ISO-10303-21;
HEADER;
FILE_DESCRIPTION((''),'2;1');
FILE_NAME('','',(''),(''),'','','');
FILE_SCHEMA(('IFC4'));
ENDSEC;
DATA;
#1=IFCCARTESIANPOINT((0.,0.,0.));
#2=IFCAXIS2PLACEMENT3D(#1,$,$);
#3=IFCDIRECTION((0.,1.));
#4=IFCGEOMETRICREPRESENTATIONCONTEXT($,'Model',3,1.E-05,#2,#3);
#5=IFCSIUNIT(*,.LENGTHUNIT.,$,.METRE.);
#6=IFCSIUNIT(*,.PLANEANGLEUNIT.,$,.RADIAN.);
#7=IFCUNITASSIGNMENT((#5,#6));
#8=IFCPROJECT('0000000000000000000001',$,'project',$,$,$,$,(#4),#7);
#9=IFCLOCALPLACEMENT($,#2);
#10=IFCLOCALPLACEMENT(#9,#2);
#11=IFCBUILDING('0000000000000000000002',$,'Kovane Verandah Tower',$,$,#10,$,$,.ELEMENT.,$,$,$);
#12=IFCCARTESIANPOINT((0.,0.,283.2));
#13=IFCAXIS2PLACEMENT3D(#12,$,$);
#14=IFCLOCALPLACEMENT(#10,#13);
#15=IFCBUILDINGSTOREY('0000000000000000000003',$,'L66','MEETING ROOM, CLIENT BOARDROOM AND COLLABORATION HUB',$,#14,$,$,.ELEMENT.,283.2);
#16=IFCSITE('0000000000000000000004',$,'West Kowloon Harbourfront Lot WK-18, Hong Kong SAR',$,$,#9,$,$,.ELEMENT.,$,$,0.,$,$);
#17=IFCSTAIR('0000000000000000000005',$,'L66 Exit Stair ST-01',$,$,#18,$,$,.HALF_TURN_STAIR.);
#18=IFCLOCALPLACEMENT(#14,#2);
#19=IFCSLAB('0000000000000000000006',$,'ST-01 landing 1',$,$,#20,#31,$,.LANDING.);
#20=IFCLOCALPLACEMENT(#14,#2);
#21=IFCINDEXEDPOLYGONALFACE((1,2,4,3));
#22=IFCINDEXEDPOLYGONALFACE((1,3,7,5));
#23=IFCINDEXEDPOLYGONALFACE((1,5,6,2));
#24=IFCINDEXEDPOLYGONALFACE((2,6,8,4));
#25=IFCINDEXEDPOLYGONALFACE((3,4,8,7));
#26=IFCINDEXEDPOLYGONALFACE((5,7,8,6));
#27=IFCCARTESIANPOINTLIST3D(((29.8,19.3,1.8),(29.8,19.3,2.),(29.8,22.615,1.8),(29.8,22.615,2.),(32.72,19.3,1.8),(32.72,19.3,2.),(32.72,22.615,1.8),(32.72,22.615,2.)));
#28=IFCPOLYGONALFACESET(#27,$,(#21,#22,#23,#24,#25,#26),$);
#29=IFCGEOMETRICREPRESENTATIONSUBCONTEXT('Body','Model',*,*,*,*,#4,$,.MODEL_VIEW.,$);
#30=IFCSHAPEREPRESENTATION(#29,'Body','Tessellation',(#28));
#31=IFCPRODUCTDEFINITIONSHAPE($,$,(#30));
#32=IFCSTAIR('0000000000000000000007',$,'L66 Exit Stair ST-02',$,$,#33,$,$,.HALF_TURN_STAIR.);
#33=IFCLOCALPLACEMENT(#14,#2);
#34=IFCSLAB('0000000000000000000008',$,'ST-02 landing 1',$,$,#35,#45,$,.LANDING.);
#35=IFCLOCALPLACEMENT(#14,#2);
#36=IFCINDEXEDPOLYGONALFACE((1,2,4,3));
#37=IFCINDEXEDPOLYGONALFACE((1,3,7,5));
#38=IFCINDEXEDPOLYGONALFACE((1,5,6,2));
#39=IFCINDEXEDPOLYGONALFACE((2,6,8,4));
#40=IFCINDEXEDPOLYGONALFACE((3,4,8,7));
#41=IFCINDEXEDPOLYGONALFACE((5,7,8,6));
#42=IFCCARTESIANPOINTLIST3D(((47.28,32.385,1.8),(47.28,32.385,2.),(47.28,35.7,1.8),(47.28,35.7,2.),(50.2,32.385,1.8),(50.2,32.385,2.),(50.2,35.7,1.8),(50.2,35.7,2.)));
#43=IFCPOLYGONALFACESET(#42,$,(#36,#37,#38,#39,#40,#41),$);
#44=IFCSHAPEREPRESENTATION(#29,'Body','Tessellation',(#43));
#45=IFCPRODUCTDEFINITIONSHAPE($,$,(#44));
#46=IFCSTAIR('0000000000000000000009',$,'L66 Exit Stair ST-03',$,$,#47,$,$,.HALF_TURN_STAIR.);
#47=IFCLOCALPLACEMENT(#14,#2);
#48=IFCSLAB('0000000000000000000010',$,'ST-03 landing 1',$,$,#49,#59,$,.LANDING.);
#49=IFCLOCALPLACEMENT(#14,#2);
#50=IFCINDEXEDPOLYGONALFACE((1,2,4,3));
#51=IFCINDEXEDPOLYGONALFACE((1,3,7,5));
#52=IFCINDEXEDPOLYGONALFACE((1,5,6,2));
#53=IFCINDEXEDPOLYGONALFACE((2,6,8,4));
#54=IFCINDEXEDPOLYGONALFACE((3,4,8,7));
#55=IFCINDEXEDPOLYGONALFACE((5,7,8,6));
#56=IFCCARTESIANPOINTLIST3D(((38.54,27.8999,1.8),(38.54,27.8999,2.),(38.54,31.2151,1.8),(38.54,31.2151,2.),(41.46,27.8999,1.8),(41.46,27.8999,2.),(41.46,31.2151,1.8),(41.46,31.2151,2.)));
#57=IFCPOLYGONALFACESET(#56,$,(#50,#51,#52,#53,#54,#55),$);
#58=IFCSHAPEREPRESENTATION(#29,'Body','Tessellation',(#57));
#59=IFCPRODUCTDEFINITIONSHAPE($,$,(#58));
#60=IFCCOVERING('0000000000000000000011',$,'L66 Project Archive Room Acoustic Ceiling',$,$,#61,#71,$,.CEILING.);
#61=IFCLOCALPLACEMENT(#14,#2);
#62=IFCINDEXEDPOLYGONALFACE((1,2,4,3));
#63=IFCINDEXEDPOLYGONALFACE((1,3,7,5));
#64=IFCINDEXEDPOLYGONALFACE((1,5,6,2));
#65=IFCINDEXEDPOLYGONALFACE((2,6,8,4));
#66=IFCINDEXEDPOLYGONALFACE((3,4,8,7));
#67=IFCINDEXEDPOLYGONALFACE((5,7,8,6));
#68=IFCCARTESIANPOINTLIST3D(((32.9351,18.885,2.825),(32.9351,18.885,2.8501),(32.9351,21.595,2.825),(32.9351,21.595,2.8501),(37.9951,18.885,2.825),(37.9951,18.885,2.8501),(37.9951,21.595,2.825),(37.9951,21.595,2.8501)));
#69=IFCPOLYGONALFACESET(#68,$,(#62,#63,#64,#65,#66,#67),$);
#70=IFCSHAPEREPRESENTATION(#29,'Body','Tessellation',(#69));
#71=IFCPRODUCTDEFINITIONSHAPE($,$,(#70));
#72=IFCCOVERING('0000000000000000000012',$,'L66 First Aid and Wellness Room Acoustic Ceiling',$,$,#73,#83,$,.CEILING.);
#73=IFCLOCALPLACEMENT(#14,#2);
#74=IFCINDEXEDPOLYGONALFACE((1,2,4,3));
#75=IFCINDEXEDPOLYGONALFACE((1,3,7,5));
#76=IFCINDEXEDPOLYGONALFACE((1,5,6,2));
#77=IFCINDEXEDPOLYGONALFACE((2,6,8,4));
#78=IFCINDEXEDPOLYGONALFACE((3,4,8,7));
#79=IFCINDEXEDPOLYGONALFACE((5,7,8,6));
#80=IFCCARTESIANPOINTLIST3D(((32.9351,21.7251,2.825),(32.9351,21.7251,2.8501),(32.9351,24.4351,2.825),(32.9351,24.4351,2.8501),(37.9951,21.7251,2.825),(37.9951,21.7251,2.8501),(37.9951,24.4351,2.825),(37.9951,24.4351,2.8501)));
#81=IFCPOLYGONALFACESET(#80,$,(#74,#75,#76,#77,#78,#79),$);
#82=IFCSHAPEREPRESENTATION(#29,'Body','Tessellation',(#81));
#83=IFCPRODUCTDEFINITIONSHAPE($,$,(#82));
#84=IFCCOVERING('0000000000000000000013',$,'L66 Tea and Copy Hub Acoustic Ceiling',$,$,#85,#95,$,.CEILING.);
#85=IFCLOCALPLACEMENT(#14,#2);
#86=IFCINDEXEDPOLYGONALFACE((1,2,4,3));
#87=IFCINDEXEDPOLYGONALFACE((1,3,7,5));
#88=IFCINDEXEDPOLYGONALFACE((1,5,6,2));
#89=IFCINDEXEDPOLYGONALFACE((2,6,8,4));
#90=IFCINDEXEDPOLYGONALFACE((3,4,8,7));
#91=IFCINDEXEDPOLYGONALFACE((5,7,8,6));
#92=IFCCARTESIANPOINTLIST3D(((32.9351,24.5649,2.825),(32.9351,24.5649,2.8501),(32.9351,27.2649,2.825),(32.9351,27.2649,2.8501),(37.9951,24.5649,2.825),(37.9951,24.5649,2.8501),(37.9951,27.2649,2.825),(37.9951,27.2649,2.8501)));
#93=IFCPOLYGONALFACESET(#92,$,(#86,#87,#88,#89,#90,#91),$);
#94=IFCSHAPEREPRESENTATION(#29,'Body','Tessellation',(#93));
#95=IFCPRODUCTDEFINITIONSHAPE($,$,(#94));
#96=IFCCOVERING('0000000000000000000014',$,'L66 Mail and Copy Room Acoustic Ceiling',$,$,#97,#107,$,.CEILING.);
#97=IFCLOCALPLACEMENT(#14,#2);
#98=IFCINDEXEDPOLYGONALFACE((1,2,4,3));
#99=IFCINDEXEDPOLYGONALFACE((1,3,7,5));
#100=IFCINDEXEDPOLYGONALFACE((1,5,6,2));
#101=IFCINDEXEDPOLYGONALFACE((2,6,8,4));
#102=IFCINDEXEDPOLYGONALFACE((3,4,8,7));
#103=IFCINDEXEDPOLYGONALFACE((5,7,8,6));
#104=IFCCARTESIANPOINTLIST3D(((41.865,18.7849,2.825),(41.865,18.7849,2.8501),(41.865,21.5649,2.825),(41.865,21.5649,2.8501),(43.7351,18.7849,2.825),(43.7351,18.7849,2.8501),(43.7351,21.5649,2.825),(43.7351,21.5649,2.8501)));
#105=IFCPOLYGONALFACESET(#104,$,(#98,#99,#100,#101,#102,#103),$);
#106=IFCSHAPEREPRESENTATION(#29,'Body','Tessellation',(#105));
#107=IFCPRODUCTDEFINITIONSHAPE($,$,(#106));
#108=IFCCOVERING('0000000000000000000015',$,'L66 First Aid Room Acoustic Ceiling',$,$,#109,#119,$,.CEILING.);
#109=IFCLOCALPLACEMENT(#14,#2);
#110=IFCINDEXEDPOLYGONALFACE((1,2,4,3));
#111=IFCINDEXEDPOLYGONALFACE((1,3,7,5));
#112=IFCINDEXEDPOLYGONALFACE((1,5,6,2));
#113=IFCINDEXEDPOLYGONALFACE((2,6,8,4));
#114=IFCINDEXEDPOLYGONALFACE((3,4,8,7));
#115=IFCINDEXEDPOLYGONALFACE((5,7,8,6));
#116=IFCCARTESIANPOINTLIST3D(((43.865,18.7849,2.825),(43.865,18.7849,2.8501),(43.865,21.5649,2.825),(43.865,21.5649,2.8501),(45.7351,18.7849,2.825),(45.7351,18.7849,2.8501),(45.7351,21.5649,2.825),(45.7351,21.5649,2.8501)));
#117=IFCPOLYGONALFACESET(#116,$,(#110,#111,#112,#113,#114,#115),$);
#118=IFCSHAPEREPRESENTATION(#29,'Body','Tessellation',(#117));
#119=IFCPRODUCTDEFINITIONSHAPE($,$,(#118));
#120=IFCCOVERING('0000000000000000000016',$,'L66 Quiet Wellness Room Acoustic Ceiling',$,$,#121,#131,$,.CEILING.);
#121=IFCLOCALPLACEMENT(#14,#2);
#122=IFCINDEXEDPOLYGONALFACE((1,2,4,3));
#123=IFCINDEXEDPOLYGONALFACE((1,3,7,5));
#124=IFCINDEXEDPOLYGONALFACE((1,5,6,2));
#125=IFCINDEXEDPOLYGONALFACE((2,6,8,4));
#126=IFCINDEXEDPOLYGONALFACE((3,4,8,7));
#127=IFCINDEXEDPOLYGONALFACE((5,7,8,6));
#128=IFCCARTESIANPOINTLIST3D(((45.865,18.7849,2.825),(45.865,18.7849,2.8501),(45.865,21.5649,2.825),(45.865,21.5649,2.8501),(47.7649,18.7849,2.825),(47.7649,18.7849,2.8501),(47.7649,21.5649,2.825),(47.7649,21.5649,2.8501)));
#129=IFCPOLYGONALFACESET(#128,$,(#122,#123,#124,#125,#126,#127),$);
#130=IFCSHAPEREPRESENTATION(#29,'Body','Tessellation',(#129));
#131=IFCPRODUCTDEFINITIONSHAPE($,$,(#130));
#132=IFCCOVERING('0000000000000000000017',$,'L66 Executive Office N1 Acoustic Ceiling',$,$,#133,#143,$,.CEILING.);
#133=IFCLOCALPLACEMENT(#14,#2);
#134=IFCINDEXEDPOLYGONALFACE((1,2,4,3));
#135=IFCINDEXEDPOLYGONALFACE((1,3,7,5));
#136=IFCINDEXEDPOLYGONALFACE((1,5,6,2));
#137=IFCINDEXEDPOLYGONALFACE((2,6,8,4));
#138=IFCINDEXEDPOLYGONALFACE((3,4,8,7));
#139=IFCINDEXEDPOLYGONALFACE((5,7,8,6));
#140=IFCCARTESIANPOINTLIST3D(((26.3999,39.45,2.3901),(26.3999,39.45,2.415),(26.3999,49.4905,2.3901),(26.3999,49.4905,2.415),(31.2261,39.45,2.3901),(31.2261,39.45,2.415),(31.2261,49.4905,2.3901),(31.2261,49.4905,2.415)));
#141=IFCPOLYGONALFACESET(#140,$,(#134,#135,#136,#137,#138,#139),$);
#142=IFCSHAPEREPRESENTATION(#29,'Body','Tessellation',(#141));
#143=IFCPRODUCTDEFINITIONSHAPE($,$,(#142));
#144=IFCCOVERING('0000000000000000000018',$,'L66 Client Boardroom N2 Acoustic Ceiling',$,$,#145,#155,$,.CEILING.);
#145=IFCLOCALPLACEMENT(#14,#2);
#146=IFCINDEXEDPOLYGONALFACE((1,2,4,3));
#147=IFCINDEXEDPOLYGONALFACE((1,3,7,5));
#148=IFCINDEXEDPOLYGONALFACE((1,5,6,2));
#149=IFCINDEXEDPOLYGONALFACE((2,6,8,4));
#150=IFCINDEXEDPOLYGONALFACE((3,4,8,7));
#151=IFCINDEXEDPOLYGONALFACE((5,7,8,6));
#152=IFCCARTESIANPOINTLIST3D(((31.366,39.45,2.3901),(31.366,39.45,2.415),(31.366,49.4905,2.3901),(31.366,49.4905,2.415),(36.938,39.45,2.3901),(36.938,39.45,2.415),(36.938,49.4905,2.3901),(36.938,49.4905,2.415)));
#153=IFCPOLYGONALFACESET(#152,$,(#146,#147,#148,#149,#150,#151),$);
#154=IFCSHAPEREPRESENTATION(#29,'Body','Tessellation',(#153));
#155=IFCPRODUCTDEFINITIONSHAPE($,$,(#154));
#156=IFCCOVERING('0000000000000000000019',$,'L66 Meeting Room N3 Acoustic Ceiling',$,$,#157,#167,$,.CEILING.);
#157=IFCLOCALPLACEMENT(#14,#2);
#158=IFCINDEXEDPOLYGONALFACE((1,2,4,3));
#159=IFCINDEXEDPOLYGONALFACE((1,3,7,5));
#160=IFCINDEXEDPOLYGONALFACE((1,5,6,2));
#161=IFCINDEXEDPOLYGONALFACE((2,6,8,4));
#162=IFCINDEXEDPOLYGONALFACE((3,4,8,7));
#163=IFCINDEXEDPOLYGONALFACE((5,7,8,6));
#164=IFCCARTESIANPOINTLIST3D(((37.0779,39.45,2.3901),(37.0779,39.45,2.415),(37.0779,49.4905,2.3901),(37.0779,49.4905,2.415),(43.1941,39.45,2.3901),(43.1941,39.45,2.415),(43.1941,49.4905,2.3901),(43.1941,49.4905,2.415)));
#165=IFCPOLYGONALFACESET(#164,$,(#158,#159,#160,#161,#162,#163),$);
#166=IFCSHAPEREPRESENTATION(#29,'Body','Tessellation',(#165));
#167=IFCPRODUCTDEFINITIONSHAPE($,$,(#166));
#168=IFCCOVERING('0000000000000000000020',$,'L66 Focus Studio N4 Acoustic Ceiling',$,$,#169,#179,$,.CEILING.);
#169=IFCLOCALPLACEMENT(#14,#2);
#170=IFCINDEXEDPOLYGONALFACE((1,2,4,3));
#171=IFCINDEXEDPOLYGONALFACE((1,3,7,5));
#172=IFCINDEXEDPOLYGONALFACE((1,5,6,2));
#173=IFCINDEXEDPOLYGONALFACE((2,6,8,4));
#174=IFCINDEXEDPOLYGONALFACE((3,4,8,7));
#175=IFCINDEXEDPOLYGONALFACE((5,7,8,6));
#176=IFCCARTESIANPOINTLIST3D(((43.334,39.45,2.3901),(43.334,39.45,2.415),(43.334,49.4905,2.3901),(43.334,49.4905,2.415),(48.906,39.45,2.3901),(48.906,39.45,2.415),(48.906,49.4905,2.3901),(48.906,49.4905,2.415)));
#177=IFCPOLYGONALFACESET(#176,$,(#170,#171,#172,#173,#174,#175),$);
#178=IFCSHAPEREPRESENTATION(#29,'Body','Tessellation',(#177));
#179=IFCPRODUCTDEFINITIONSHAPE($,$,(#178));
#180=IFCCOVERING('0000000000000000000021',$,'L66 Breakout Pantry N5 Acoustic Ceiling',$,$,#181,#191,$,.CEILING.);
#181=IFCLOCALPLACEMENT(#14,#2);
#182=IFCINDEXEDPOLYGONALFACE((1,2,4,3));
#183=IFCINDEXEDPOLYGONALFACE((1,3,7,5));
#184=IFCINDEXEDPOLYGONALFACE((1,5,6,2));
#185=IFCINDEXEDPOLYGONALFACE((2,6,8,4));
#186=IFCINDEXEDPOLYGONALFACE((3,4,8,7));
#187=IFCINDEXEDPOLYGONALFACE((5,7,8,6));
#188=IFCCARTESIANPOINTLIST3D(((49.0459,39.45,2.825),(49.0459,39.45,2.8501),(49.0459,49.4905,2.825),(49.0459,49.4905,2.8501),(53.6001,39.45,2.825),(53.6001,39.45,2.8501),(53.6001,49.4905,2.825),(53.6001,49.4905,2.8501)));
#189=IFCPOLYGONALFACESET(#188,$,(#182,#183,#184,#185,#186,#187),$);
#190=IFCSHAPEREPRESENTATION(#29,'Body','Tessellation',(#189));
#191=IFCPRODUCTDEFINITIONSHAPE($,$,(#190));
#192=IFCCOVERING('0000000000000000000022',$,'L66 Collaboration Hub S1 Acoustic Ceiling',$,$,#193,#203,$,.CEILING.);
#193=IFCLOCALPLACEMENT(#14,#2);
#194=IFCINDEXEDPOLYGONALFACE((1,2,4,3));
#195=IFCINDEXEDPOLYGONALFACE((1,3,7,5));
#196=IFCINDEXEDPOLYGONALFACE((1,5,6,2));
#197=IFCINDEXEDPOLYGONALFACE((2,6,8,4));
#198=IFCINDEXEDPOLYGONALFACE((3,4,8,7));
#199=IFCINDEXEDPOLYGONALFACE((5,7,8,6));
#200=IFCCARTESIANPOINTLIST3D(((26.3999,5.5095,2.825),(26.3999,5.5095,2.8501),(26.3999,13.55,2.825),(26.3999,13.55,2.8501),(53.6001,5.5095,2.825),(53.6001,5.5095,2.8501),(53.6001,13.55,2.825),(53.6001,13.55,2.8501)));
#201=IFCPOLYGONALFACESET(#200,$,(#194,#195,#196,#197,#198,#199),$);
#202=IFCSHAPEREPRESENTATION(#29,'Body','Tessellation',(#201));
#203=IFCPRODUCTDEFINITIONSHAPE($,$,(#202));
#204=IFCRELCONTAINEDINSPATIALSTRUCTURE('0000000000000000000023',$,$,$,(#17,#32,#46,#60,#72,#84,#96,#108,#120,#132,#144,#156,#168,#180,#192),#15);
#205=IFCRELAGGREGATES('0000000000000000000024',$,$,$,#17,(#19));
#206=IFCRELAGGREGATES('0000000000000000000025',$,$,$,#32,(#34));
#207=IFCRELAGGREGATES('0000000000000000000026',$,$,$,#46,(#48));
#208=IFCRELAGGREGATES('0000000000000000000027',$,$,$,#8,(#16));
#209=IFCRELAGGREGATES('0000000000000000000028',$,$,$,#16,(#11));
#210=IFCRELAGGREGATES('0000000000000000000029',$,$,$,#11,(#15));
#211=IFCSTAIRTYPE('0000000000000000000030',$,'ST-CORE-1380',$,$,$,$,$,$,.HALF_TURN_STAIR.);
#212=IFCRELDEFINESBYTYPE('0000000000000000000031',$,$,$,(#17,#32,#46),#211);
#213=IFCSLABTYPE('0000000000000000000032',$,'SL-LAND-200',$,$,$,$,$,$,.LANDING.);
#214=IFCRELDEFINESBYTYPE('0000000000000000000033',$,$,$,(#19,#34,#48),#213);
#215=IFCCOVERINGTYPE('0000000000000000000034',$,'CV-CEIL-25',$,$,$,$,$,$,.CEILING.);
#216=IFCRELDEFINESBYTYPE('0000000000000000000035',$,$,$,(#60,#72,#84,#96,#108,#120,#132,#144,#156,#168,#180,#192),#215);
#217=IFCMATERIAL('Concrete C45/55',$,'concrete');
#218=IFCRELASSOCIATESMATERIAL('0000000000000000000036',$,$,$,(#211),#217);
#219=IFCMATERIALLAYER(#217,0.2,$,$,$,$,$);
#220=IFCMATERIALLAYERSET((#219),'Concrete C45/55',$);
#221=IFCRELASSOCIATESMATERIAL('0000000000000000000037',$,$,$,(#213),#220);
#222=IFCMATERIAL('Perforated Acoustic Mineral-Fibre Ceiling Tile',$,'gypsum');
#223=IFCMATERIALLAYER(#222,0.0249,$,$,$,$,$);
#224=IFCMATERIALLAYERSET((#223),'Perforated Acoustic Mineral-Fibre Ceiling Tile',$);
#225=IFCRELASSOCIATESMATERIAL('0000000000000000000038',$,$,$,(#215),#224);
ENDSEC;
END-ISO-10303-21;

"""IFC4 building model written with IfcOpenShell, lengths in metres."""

from ifc_helpers import new_model, si_unit, direction, frame, origin, place, context, subcontext, project, spatial, polyline, outline, extrude, material, layer, layer_set, type_object, element, aggregate, save


model = new_model("IFC4")

# Units and contexts
model_context = context("Model", 3, precision=1e-05, world=origin(), true_north=direction((0.0, 1.0)))
body_context = subcontext(model_context, "Body", "Model", "MODEL_VIEW")
ifc_project = project(units=[si_unit("LENGTHUNIT", "METRE"), si_unit("PLANEANGLEUNIT", "RADIAN")], contexts=[model_context])

# Site, building, storey
site_placement = place(None, origin())
site = spatial("IfcSite", under=ifc_project, at=site_placement, Name="West Kowloon Harbourfront Lot WK-18, Hong Kong SAR", CompositionType="ELEMENT", RefElevation=0.0)
building_placement = place(site_placement, origin())
building = spatial("IfcBuilding", under=site, at=building_placement, Name="Kovane Verandah Tower", CompositionType="ELEMENT")
storey_placement = place(building_placement, frame((0.0, 0.0, 283.2)))
storey = spatial("IfcBuildingStorey", under=building, at=storey_placement, Name="L66", Description="MEETING ROOM, CLIENT BOARDROOM AND COLLABORATION HUB", CompositionType="ELEMENT", Elevation=283.2)

# Stairs, slabs
ifc_material_1 = material(Name="Concrete C45/55", Category="concrete")
stair_type = type_object("IfcStairType", Name="ST-CORE-1380", PredefinedType="HALF_TURN_STAIR", material=ifc_material_1)
stair_1_placement = place(storey_placement, origin())
stair_1 = element("IfcStair", 1, at=stair_1_placement, inside=storey, type_object=stair_type, Name="L66 Exit Stair ST-01", PredefinedType="HALF_TURN_STAIR")
ifc_layer_1 = layer(ifc_material_1, 0.2)
ifc_layer_set_1 = layer_set([ifc_layer_1], Name="Concrete C45/55")
slab_type = type_object("IfcSlabType", Name="SL-LAND-200", PredefinedType="LANDING", material=ifc_layer_set_1)
slab_1_placement = place(storey_placement, frame((0.0, 0.0, 1.8)))
slab_1 = element("IfcSlab", 2, at=slab_1_placement, type_object=slab_type, Name="ST-01 landing 1", PredefinedType="LANDING", context=body_context, shape_type="SweptSolid", body=[
    extrude(outline(polyline([(29.8, 22.615), (29.8, 19.3), (32.72, 19.3), (32.72, 22.615), (29.8, 22.615)])), origin(), (0.0, 0.0, 1.0), 0.2),
])
aggregate(stair_1, [slab_1])
stair_2_placement = place(storey_placement, origin())
stair_2 = element("IfcStair", 3, at=stair_2_placement, inside=storey, type_object=stair_type, Name="L66 Exit Stair ST-02", PredefinedType="HALF_TURN_STAIR")
slab_2_placement = place(storey_placement, frame((0.0, 0.0, 1.8)))
slab_2 = element("IfcSlab", 4, at=slab_2_placement, type_object=slab_type, Name="ST-02 landing 1", PredefinedType="LANDING", context=body_context, shape_type="SweptSolid", body=[
    extrude(outline(polyline([(50.2, 32.385), (50.2, 35.7), (47.28, 35.7), (47.28, 32.385), (50.2, 32.385)])), origin(), (0.0, 0.0, 1.0), 0.2),
])
aggregate(stair_2, [slab_2])
stair_3_placement = place(storey_placement, origin())
stair_3 = element("IfcStair", 5, at=stair_3_placement, inside=storey, type_object=stair_type, Name="L66 Exit Stair ST-03", PredefinedType="HALF_TURN_STAIR")
slab_3_placement = place(storey_placement, frame((0.0, 0.0, 1.8)))
slab_3 = element("IfcSlab", 6, at=slab_3_placement, type_object=slab_type, Name="ST-03 landing 1", PredefinedType="LANDING", context=body_context, shape_type="SweptSolid", body=[
    extrude(outline(polyline([(38.54, 31.2151), (38.54, 27.8999), (41.46, 27.8999), (41.46, 31.2151), (38.54, 31.2151)])), origin(), (0.0, 0.0, 1.0), 0.2),
])
aggregate(stair_3, [slab_3])

# Coverings
ifc_material_2 = material(Name="Perforated Acoustic Mineral-Fibre Ceiling Tile", Category="gypsum")
ifc_layer_2 = layer(ifc_material_2, 0.0249)
ifc_layer_set_2 = layer_set([ifc_layer_2], Name="Perforated Acoustic Mineral-Fibre Ceiling Tile")
covering_type_1 = type_object("IfcCoveringType", Name="CV-CEIL-25", PredefinedType="CEILING", material=ifc_layer_set_2)
covering_1_placement = place(storey_placement, frame((0.0, 0.0, 2.825)))
element("IfcCovering", 7, at=covering_1_placement, inside=storey, type_object=covering_type_1, Name="L66 Project Archive Room Acoustic Ceiling", PredefinedType="CEILING", context=body_context, shape_type="SweptSolid", body=[
    extrude(outline(polyline([(32.9351, 18.885), (37.9951, 18.885), (37.9951, 21.595), (32.9351, 21.595), (32.9351, 18.885)])), origin(), (0.0, 0.0, 1.0), 0.0251),
])
covering_2_placement = place(storey_placement, frame((0.0, 0.0, 2.825)))
element("IfcCovering", 8, at=covering_2_placement, inside=storey, type_object=covering_type_1, Name="L66 First Aid and Wellness Room Acoustic Ceiling", PredefinedType="CEILING", context=body_context, shape_type="SweptSolid", body=[
    extrude(outline(polyline([(32.9351, 21.7251), (37.9951, 21.7251), (37.9951, 24.4351), (32.9351, 24.4351), (32.9351, 21.7251)])), origin(), (0.0, 0.0, 1.0), 0.0251),
])
covering_3_placement = place(storey_placement, frame((0.0, 0.0, 2.825)))
element("IfcCovering", 9, at=covering_3_placement, inside=storey, type_object=covering_type_1, Name="L66 Tea and Copy Hub Acoustic Ceiling", PredefinedType="CEILING", context=body_context, shape_type="SweptSolid", body=[
    extrude(outline(polyline([(32.9351, 24.5649), (37.9951, 24.5649), (37.9951, 27.2649), (32.9351, 27.2649), (32.9351, 24.5649)])), origin(), (0.0, 0.0, 1.0), 0.0251),
])
covering_4_placement = place(storey_placement, frame((0.0, 0.0, 2.825)))
element("IfcCovering", 10, at=covering_4_placement, inside=storey, type_object=covering_type_1, Name="L66 Mail and Copy Room Acoustic Ceiling", PredefinedType="CEILING", context=body_context, shape_type="SweptSolid", body=[
    extrude(outline(polyline([(41.865, 18.7849), (43.7351, 18.7849), (43.7351, 21.5649), (41.865, 21.5649), (41.865, 18.7849)])), origin(), (0.0, 0.0, 1.0), 0.0251),
])
covering_5_placement = place(storey_placement, frame((0.0, 0.0, 2.825)))
element("IfcCovering", 11, at=covering_5_placement, inside=storey, type_object=covering_type_1, Name="L66 First Aid Room Acoustic Ceiling", PredefinedType="CEILING", context=body_context, shape_type="SweptSolid", body=[
    extrude(outline(polyline([(43.865, 18.7849), (45.7351, 18.7849), (45.7351, 21.5649), (43.865, 21.5649), (43.865, 18.7849)])), origin(), (0.0, 0.0, 1.0), 0.0251),
])
covering_6_placement = place(storey_placement, frame((0.0, 0.0, 2.825)))
element("IfcCovering", 12, at=covering_6_placement, inside=storey, type_object=covering_type_1, Name="L66 Quiet Wellness Room Acoustic Ceiling", PredefinedType="CEILING", context=body_context, shape_type="SweptSolid", body=[
    extrude(outline(polyline([(45.865, 18.7849), (47.7649, 18.7849), (47.7649, 21.5649), (45.865, 21.5649), (45.865, 18.7849)])), origin(), (0.0, 0.0, 1.0), 0.0251),
])
covering_7_placement = place(storey_placement, frame((0.0, 0.0, 2.3901)))
element("IfcCovering", 13, at=covering_7_placement, inside=storey, type_object=covering_type_1, Name="L66 Executive Office N1 Acoustic Ceiling", PredefinedType="CEILING", context=body_context, shape_type="SweptSolid", body=[
    extrude(outline(polyline([(26.3999, 39.45), (31.2261, 39.45), (31.2261, 49.4905), (26.3999, 49.4905), (26.3999, 39.45)])), origin(), (0.0, 0.0, 1.0), 0.0249),
])
covering_8_placement = place(storey_placement, frame((0.0, 0.0, 2.3901)))
element("IfcCovering", 14, at=covering_8_placement, inside=storey, type_object=covering_type_1, Name="L66 Client Boardroom N2 Acoustic Ceiling", PredefinedType="CEILING", context=body_context, shape_type="SweptSolid", body=[
    extrude(outline(polyline([(31.366, 39.45), (36.938, 39.45), (36.938, 49.4905), (31.366, 49.4905), (31.366, 39.45)])), origin(), (0.0, 0.0, 1.0), 0.0249),
])
covering_9_placement = place(storey_placement, frame((0.0, 0.0, 2.3901)))
element("IfcCovering", 15, at=covering_9_placement, inside=storey, type_object=covering_type_1, Name="L66 Meeting Room N3 Acoustic Ceiling", PredefinedType="CEILING", context=body_context, shape_type="SweptSolid", body=[
    extrude(outline(polyline([(37.0779, 39.45), (43.1941, 39.45), (43.1941, 49.4905), (37.0779, 49.4905), (37.0779, 39.45)])), origin(), (0.0, 0.0, 1.0), 0.0249),
])
covering_10_placement = place(storey_placement, frame((0.0, 0.0, 2.3901)))
element("IfcCovering", 16, at=covering_10_placement, inside=storey, type_object=covering_type_1, Name="L66 Focus Studio N4 Acoustic Ceiling", PredefinedType="CEILING", context=body_context, shape_type="SweptSolid", body=[
    extrude(outline(polyline([(43.334, 39.45), (48.906, 39.45), (48.906, 49.4905), (43.334, 49.4905), (43.334, 39.45)])), origin(), (0.0, 0.0, 1.0), 0.0249),
])
covering_11_placement = place(storey_placement, frame((0.0, 0.0, 2.825)))
element("IfcCovering", 17, at=covering_11_placement, inside=storey, type_object=covering_type_1, Name="L66 Breakout Pantry N5 Acoustic Ceiling", PredefinedType="CEILING", context=body_context, shape_type="SweptSolid", body=[
    extrude(outline(polyline([(49.0459, 39.45), (53.6001, 39.45), (53.6001, 49.4905), (49.0459, 49.4905), (49.0459, 39.45)])), origin(), (0.0, 0.0, 1.0), 0.0251),
])
covering_12_placement = place(storey_placement, frame((0.0, 0.0, 2.825)))
element("IfcCovering", 18, at=covering_12_placement, inside=storey, type_object=covering_type_1, Name="L66 Collaboration Hub S1 Acoustic Ceiling", PredefinedType="CEILING", context=body_context, shape_type="SweptSolid", body=[
    extrude(outline(polyline([(26.3999, 5.5095), (53.6001, 5.5095), (53.6001, 13.55), (26.3999, 13.55), (26.3999, 5.5095)])), origin(), (0.0, 0.0, 1.0), 0.0251),
])

save(model, "model.ifc")
